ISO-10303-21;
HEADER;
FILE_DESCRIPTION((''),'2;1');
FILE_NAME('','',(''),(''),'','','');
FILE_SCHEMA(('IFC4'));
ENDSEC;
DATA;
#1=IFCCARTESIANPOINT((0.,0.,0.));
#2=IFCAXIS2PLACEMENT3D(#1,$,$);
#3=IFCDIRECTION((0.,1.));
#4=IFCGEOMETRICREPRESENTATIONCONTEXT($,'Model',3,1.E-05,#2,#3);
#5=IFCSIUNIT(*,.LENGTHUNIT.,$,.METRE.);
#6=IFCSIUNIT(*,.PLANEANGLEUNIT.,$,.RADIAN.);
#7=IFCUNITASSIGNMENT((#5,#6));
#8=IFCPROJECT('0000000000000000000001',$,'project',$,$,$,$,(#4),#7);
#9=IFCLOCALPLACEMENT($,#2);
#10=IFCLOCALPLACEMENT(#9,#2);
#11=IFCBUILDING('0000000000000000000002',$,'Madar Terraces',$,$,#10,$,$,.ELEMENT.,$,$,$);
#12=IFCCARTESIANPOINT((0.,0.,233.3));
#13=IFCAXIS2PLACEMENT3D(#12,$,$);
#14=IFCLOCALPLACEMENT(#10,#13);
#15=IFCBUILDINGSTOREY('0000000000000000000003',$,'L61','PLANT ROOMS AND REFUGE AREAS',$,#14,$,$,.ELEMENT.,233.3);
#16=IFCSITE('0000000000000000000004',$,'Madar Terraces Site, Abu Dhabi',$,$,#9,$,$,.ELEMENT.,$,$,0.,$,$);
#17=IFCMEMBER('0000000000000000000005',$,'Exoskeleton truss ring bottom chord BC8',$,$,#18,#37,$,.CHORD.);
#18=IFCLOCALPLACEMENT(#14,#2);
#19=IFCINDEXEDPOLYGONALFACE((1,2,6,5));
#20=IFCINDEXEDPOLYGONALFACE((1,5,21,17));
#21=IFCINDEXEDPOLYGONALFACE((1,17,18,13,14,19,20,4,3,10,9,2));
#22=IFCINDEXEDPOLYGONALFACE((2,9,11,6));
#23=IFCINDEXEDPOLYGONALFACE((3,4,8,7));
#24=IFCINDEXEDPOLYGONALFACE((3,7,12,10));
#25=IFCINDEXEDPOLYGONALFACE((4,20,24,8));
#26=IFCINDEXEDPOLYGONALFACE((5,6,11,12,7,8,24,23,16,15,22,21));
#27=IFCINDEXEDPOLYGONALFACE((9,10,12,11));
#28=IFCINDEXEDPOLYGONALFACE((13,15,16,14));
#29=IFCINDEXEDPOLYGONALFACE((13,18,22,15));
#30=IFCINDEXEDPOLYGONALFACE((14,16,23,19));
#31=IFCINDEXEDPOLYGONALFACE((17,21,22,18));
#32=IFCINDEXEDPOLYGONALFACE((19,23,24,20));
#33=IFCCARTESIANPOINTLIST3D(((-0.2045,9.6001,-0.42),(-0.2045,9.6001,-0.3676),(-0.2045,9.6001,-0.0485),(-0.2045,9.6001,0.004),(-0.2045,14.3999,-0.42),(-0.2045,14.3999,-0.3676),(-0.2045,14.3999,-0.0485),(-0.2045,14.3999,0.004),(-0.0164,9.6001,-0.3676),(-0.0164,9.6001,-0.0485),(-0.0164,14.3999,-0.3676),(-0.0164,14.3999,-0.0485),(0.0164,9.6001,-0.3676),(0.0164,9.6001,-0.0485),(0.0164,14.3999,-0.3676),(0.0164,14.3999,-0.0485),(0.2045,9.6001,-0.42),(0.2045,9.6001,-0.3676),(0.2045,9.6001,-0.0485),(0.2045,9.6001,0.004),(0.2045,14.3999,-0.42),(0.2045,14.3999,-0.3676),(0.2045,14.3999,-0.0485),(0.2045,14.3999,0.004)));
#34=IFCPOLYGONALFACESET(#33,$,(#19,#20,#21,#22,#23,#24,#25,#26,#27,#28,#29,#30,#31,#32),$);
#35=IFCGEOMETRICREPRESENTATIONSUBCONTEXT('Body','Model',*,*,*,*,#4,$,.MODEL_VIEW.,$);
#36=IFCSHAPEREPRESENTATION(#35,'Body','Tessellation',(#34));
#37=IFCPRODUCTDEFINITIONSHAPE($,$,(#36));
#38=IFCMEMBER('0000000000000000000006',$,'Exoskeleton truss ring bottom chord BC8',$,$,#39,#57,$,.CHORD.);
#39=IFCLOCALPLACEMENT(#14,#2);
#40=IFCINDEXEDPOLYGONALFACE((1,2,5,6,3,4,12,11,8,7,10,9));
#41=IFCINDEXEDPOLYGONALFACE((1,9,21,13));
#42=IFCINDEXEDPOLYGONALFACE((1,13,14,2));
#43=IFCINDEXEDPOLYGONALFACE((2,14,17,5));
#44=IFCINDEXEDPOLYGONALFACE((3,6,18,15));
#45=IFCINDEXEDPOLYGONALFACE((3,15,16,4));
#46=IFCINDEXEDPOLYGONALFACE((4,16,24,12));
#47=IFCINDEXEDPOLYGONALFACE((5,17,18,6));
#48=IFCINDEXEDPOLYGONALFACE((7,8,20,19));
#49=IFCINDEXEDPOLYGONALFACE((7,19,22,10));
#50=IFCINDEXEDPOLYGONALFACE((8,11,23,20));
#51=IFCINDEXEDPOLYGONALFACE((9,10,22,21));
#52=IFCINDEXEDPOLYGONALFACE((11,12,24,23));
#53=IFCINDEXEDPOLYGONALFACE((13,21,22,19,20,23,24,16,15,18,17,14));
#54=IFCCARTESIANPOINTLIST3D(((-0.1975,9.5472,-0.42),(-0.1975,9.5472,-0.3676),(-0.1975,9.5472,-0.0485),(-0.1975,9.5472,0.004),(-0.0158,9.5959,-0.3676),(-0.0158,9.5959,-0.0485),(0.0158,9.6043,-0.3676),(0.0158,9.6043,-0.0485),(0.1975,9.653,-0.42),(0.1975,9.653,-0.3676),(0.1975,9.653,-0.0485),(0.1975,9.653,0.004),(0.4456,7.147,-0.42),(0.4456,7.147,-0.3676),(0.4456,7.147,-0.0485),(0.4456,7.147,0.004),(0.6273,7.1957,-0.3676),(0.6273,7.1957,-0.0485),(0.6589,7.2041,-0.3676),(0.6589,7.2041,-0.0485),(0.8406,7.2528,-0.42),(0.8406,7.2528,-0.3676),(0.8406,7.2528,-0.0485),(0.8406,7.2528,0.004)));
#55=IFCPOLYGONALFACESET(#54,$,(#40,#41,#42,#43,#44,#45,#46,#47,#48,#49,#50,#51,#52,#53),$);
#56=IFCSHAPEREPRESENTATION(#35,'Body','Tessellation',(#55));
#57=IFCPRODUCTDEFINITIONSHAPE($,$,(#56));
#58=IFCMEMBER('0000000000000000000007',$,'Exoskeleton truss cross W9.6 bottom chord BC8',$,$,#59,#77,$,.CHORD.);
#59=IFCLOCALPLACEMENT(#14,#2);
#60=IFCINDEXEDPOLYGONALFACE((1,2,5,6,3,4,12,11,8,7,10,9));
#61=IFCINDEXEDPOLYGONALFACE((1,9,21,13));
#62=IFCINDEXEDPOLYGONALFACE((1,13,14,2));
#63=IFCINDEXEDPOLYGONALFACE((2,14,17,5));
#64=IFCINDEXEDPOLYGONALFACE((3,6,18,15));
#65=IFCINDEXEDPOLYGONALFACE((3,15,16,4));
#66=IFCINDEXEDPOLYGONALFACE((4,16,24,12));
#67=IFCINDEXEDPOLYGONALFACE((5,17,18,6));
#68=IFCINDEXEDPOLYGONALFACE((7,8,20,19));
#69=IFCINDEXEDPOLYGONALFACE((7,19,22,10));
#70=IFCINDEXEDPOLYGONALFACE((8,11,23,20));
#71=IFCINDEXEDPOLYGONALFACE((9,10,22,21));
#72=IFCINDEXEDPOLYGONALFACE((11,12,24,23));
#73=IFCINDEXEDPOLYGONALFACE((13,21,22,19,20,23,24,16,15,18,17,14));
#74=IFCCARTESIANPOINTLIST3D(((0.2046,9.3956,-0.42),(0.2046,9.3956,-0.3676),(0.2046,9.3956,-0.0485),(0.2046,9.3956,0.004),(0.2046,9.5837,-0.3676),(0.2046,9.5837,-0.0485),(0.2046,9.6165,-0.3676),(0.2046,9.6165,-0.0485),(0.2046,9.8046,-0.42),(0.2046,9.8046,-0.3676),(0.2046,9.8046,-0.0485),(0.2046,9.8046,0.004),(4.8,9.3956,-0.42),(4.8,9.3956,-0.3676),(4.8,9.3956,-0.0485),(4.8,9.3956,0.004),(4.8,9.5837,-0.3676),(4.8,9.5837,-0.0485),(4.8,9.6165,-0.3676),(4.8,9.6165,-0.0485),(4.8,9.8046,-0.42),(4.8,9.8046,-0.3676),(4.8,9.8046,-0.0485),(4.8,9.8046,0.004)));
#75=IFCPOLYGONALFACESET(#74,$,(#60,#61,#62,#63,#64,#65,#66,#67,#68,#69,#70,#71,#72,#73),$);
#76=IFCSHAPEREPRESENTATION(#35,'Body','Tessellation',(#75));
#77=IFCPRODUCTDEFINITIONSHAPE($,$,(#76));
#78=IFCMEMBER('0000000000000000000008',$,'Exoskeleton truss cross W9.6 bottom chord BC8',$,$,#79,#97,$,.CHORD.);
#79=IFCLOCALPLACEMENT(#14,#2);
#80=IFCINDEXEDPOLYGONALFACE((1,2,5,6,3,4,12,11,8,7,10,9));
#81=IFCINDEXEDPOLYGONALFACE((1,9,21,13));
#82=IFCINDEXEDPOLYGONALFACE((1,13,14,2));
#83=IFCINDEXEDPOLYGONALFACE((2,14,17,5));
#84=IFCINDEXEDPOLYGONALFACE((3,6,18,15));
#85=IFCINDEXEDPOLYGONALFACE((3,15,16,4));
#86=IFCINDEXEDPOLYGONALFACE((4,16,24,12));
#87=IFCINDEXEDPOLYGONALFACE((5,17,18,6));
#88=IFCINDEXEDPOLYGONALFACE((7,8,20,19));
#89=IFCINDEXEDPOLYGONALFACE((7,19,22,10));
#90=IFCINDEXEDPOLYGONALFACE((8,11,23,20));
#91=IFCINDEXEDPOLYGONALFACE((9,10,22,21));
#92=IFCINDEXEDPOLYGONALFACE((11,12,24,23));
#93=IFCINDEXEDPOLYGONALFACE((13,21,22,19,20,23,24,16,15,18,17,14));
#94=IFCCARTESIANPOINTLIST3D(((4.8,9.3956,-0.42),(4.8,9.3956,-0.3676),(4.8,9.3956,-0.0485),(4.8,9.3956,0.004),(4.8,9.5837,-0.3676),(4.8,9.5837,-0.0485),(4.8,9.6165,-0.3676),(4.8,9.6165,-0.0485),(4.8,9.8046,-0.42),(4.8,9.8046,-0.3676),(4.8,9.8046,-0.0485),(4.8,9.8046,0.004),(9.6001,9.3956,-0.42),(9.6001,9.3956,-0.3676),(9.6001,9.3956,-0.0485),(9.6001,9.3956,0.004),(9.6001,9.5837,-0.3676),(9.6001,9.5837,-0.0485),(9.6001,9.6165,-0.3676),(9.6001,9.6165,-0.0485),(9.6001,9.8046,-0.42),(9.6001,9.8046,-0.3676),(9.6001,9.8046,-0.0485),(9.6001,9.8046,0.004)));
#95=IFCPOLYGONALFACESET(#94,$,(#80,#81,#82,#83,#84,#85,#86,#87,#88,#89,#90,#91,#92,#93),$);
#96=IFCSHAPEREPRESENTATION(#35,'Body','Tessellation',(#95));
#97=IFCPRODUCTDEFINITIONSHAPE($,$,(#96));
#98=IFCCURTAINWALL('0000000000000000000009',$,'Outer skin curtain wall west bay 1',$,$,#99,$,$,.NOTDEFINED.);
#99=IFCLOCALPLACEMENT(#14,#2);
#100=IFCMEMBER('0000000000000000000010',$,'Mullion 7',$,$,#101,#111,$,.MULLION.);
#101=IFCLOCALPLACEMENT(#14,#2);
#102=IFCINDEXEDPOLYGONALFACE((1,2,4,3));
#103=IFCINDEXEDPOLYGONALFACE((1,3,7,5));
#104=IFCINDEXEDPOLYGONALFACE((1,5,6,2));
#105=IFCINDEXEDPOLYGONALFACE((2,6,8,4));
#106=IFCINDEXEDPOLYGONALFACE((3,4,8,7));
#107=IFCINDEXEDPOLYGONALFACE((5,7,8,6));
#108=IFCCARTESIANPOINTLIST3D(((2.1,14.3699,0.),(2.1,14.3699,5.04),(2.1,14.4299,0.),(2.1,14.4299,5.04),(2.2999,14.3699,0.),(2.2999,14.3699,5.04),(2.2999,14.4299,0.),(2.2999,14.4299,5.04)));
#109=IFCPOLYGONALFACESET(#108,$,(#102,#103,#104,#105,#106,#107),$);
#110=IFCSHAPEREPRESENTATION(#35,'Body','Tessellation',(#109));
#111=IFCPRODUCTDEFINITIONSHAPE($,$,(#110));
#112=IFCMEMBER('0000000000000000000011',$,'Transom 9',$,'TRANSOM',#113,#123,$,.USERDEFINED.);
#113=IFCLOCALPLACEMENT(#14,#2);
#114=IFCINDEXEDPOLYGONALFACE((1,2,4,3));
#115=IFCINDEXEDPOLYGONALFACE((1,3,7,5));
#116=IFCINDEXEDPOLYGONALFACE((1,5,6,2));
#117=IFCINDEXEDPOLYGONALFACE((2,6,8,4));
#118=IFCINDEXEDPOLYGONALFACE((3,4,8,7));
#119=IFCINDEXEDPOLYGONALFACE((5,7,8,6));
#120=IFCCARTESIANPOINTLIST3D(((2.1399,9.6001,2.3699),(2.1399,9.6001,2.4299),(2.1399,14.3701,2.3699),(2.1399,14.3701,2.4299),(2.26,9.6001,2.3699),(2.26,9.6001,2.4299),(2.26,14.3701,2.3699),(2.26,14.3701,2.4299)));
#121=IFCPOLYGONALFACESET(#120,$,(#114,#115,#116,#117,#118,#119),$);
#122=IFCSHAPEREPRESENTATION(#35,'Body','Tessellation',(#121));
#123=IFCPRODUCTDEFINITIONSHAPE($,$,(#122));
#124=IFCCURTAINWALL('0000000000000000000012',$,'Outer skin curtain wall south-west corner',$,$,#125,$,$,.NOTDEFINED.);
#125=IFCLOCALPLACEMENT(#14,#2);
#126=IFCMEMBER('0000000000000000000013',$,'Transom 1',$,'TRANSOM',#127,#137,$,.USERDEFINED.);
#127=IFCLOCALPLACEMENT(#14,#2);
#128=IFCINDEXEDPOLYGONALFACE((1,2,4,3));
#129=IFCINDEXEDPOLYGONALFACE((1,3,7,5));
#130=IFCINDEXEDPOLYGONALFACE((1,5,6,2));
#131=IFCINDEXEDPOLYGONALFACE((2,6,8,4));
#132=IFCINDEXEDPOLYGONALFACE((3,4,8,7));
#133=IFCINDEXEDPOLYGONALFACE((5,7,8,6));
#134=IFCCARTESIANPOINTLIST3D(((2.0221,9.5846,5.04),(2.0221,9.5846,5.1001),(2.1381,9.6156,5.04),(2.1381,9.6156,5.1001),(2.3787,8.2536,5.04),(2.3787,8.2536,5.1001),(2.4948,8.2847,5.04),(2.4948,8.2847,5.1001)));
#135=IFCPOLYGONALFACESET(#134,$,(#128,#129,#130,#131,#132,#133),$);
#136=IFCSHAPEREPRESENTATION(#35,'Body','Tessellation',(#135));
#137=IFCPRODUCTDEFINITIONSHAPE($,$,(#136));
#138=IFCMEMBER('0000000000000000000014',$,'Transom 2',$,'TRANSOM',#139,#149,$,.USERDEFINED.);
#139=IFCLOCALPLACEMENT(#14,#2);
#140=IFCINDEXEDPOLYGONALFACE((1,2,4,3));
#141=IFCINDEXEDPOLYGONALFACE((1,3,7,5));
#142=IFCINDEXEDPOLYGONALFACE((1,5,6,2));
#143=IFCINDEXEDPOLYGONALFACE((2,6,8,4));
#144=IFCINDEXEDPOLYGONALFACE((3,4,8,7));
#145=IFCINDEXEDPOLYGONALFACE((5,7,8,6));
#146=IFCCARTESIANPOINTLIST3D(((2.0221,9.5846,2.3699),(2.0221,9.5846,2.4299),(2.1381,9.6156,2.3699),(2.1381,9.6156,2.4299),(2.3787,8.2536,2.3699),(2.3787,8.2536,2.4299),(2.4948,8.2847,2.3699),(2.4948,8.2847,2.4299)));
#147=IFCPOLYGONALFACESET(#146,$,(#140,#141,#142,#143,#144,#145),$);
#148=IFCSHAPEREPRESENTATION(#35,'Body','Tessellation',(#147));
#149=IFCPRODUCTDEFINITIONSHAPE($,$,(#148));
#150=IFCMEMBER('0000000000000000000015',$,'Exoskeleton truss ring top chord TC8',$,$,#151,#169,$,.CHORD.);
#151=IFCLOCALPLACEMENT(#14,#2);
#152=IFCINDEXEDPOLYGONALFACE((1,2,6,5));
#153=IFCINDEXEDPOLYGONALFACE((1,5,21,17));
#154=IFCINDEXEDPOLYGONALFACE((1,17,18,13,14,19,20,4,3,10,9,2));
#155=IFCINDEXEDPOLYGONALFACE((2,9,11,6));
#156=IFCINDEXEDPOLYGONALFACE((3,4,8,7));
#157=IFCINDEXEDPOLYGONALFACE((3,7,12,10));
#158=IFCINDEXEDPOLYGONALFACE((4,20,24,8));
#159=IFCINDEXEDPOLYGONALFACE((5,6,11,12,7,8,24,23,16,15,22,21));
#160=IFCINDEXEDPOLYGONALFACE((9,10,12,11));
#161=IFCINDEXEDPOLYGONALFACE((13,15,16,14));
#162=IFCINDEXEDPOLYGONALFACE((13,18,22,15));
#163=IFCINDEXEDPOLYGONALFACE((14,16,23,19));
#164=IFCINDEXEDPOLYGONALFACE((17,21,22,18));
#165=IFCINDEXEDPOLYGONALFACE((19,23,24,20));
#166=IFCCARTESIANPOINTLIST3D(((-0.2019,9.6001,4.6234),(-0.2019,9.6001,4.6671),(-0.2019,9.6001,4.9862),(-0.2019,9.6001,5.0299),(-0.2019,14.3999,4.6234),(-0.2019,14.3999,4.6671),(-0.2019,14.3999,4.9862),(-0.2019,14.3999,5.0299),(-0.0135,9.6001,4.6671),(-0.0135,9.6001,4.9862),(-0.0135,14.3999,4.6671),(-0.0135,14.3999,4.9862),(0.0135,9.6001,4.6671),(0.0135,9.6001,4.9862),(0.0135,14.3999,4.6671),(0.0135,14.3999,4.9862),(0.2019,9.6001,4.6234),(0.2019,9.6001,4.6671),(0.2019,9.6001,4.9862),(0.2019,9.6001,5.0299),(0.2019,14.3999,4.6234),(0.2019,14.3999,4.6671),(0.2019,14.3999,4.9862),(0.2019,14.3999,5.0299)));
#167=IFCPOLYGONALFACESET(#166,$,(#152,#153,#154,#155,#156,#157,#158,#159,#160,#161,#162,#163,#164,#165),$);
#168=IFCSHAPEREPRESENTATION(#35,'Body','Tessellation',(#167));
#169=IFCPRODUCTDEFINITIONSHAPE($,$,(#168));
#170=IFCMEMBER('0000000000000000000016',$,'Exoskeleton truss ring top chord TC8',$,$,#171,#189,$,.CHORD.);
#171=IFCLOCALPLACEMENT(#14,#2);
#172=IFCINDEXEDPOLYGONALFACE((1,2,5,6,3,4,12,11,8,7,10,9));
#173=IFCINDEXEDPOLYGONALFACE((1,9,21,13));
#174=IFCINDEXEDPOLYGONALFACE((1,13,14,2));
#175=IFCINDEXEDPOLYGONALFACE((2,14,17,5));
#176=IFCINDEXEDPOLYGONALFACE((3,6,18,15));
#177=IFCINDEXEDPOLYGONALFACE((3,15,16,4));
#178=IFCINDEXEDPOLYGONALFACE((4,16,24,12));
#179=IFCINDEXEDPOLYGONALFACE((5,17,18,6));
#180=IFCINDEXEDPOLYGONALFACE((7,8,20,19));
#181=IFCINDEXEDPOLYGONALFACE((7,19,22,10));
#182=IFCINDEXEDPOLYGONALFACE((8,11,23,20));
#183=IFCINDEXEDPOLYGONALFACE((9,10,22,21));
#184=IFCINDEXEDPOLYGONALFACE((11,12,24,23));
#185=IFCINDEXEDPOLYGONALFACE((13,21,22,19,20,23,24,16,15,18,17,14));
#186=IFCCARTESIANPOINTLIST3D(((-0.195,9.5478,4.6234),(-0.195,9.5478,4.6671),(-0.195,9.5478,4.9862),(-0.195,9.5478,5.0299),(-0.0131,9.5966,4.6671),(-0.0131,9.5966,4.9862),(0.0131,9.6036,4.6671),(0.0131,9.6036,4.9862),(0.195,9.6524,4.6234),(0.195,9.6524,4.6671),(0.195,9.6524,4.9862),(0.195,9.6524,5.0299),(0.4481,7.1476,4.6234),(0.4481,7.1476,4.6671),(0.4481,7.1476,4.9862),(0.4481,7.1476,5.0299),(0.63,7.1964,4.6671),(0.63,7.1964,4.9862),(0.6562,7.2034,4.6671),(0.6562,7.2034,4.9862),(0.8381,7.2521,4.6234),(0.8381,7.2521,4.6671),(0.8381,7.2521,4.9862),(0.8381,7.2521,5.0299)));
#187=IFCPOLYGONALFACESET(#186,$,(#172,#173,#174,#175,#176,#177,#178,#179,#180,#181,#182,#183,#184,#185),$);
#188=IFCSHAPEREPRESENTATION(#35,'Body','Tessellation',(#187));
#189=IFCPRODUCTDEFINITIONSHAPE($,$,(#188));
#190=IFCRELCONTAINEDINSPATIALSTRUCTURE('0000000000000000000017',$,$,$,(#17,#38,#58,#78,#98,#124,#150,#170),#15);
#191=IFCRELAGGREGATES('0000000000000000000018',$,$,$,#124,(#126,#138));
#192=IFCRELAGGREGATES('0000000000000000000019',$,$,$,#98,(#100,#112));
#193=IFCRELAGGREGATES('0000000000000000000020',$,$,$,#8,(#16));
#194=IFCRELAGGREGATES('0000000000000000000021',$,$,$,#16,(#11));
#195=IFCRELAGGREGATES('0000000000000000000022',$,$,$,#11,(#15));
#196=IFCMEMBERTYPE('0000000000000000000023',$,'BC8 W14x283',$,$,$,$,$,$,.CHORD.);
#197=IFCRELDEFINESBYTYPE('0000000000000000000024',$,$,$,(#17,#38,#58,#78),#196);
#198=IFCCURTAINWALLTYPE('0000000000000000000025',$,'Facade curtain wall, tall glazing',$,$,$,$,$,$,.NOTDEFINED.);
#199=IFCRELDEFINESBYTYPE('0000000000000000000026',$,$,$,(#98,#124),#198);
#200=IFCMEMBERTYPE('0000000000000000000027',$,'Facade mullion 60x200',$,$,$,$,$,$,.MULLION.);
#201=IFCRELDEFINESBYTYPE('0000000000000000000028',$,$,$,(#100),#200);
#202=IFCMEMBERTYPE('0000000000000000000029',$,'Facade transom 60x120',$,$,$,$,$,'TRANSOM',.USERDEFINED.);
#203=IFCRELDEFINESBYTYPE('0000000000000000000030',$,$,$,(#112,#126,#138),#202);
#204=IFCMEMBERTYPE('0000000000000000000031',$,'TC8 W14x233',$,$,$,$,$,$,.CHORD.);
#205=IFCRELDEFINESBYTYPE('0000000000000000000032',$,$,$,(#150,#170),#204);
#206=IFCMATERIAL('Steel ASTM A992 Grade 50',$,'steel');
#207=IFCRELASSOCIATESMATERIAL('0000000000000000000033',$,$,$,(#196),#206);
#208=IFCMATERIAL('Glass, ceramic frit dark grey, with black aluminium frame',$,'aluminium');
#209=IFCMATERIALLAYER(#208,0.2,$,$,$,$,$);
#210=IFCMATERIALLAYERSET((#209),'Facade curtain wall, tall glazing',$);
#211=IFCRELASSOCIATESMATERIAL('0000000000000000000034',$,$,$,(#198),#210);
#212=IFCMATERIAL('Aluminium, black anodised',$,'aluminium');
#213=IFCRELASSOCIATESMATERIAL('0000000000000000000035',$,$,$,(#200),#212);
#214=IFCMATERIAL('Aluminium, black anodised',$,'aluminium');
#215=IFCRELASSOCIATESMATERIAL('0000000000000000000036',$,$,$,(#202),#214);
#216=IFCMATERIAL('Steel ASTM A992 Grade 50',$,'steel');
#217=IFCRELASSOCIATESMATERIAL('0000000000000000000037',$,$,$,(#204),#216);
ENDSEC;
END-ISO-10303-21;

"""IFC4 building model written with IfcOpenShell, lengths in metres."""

from ifc_helpers import new_model, si_unit, direction, frame, origin, origin_2d, place, context, subcontext, project, spatial, rectangle, i_section, extrude, material, layer, layer_set, material_profile, profile_set, type_object, element, aggregate, save


model = new_model("IFC4")

# Units and contexts
model_context = context("Model", 3, precision=1e-05, world=origin(), true_north=direction((0.0, 1.0)))
body_context = subcontext(model_context, "Body", "Model", "MODEL_VIEW")
ifc_project = project(units=[si_unit("LENGTHUNIT", "METRE"), si_unit("PLANEANGLEUNIT", "RADIAN")], contexts=[model_context])

# Site, building, storey
site_placement = place(None, origin())
site = spatial("IfcSite", under=ifc_project, at=site_placement, Name="Madar Terraces Site, Abu Dhabi", CompositionType="ELEMENT", RefElevation=0.0)
building_placement = place(site_placement, origin())
building = spatial("IfcBuilding", under=site, at=building_placement, Name="Madar Terraces", CompositionType="ELEMENT")
storey_placement = place(building_placement, frame((0.0, 0.0, 233.3)))
storey = spatial("IfcBuildingStorey", under=building, at=storey_placement, Name="L61", Description="PLANT ROOMS AND REFUGE AREAS", CompositionType="ELEMENT", Elevation=233.3)

# Members
ifc_material_1 = material(Name="Steel ASTM A992 Grade 50", Category="steel")
ifc_material_profile_1 = material_profile(ifc_material_1, i_section(OverallWidth=0.4089, OverallDepth=0.4241, WebThickness=0.0327, FlangeThickness=0.0525, at=origin_2d()), Name="W14x283")
ifc_profile_set_1 = profile_set([ifc_material_profile_1], Name="Steel ASTM A992 Grade 50")
member_type_1 = type_object("IfcMemberType", Name="BC8 W14x283", PredefinedType="CHORD", material=ifc_profile_set_1)
member_1_placement = place(storey_placement, frame((0.0, 14.3999, -0.208), z_axis=(0.0, -1.0, 0.0), x_axis=(1.0, 0.0, 0.0)))
element("IfcMember", 1, at=member_1_placement, inside=storey, type_object=member_type_1, Name="Exoskeleton truss ring bottom chord BC8", PredefinedType="CHORD", context=body_context, shape_type="SweptSolid", body=[
    extrude(i_section(OverallWidth=0.4089, OverallDepth=0.4241, WebThickness=0.0327, FlangeThickness=0.0525, at=origin_2d()), origin(), (0.0, 0.0, 1.0), 4.7998),
])
member_2_placement = place(storey_placement, frame((0.0, 9.6001, -0.208), z_axis=(0.2588, -0.965931, 0.0), x_axis=(0.965931, 0.2588, 0.0)))
element("IfcMember", 2, at=member_2_placement, inside=storey, type_object=member_type_1, Name="Exoskeleton truss ring bottom chord BC8", PredefinedType="CHORD", context=body_context, shape_type="SweptSolid", body=[
    extrude(i_section(OverallWidth=0.4089, OverallDepth=0.4241, WebThickness=0.0327, FlangeThickness=0.0525, at=origin_2d()), origin(), (0.0, 0.0, 1.0), 2.4849),
])
member_3_placement = place(storey_placement, frame((0.2046, 9.6001, -0.208), z_axis=(1.0, 0.0, 0.0), x_axis=(0.0, 1.0, 0.0)))
element("IfcMember", 3, at=member_3_placement, inside=storey, type_object=member_type_1, Name="Exoskeleton truss cross W9.6 bottom chord BC8", PredefinedType="CHORD", context=body_context, shape_type="SweptSolid", body=[
    extrude(i_section(OverallWidth=0.4089, OverallDepth=0.4241, WebThickness=0.0327, FlangeThickness=0.0525, at=origin_2d()), origin(), (0.0, 0.0, 1.0), 4.5955),
])
member_4_placement = place(storey_placement, frame((4.8, 9.6001, -0.208), z_axis=(1.0, 0.0, 0.0), x_axis=(0.0, 1.0, 0.0)))
element("IfcMember", 4, at=member_4_placement, inside=storey, type_object=member_type_1, Name="Exoskeleton truss cross W9.6 bottom chord BC8", PredefinedType="CHORD", context=body_context, shape_type="SweptSolid", body=[
    extrude(i_section(OverallWidth=0.4089, OverallDepth=0.4241, WebThickness=0.0327, FlangeThickness=0.0525, at=origin_2d()), origin(), (0.0, 0.0, 1.0), 4.8),
])

# Curtain walls, members
ifc_material_2 = material(Name="Glass, ceramic frit dark grey, with black aluminium frame", Category="aluminium")
ifc_layer_1 = layer(ifc_material_2, 0.2)
ifc_layer_set_1 = layer_set([ifc_layer_1], Name="Facade curtain wall, tall glazing")
curtain_wall_type = type_object("IfcCurtainWallType", Name="Facade curtain wall, tall glazing", PredefinedType="NOTDEFINED", material=ifc_layer_set_1)
curtain_wall_1_placement = place(storey_placement, origin())
curtain_wall_1 = element("IfcCurtainWall", 5, at=curtain_wall_1_placement, inside=storey, type_object=curtain_wall_type, Name="Outer skin curtain wall west bay 1", PredefinedType="NOTDEFINED")
ifc_material_3 = material(Name="Aluminium, black anodised", Category="aluminium")
ifc_material_profile_2 = material_profile(ifc_material_3, rectangle(XDim=0.2, YDim=0.0601, at=origin_2d()), Name="Facade mullion 60x200")
ifc_profile_set_2 = profile_set([ifc_material_profile_2], Name="Aluminium, black anodised")
member_type_2 = type_object("IfcMemberType", Name="Facade mullion 60x200", PredefinedType="MULLION", material=ifc_profile_set_2)
member_5_placement = place(storey_placement, frame((2.2, 14.3999, 0.0), z_axis=(0.0, 0.0, 1.0), x_axis=(1.0, 0.0, 0.0)))
member_5 = element("IfcMember", 6, at=member_5_placement, type_object=member_type_2, Name="Mullion 7", PredefinedType="MULLION", context=body_context, shape_type="SweptSolid", body=[
    extrude(rectangle(XDim=0.2, YDim=0.0601, at=origin_2d()), origin(), (0.0, 0.0, 1.0), 5.04),
])
ifc_material_4 = material(Name="Aluminium, black anodised", Category="aluminium")
ifc_material_profile_3 = material_profile(ifc_material_4, rectangle(XDim=0.1201, YDim=0.0601, at=origin_2d()), Name="Facade transom 60x120")
ifc_profile_set_3 = profile_set([ifc_material_profile_3], Name="Aluminium, black anodised")
member_type_3 = type_object("IfcMemberType", Name="Facade transom 60x120", ElementType="TRANSOM", PredefinedType="USERDEFINED", material=ifc_profile_set_3)
member_6_placement = place(storey_placement, frame((2.2, 14.3701, 2.3999), z_axis=(0.0, -1.0, 0.0), x_axis=(1.0, 0.0, 0.0)))
member_6 = element("IfcMember", 7, at=member_6_placement, type_object=member_type_3, Name="Transom 9", ObjectType="TRANSOM", PredefinedType="USERDEFINED", context=body_context, shape_type="SweptSolid", body=[
    extrude(rectangle(XDim=0.1201, YDim=0.0601, at=origin_2d()), origin(), (0.0, 0.0, 1.0), 4.77),
])
curtain_wall_2_placement = place(storey_placement, origin())
curtain_wall_2 = element("IfcCurtainWall", 8, at=curtain_wall_2_placement, inside=storey, type_object=curtain_wall_type, Name="Outer skin curtain wall south-west corner", PredefinedType="NOTDEFINED")
member_7_placement = place(storey_placement, frame((2.0801, 9.6001, 5.0701), z_axis=(0.258842, -0.96592, 0.0), x_axis=(0.96592, 0.258842, 0.0)))
member_7 = element("IfcMember", 9, at=member_7_placement, type_object=member_type_3, Name="Transom 1", ObjectType="TRANSOM", PredefinedType="USERDEFINED", context=body_context, shape_type="SweptSolid", body=[
    extrude(rectangle(XDim=0.1201, YDim=0.0601, at=origin_2d()), origin(), (0.0, 0.0, 1.0), 1.3779),
])
member_8_placement = place(storey_placement, frame((2.0801, 9.6001, 2.3999), z_axis=(0.258842, -0.96592, 0.0), x_axis=(0.96592, 0.258842, 0.0)))
member_8 = element("IfcMember", 10, at=member_8_placement, type_object=member_type_3, Name="Transom 2", ObjectType="TRANSOM", PredefinedType="USERDEFINED", context=body_context, shape_type="SweptSolid", body=[
    extrude(rectangle(XDim=0.1201, YDim=0.0601, at=origin_2d()), origin(), (0.0, 0.0, 1.0), 1.3779),
])
aggregate(curtain_wall_2, [member_7, member_8])

# Members
ifc_material_5 = material(Name="Steel ASTM A992 Grade 50", Category="steel")
ifc_material_profile_4 = material_profile(ifc_material_5, i_section(OverallWidth=0.4038, OverallDepth=0.4065, WebThickness=0.0271, FlangeThickness=0.0437, at=origin_2d()), Name="W14x233")
ifc_profile_set_4 = profile_set([ifc_material_profile_4], Name="Steel ASTM A992 Grade 50")
member_type_4 = type_object("IfcMemberType", Name="TC8 W14x233", PredefinedType="CHORD", material=ifc_profile_set_4)
member_9_placement = place(storey_placement, frame((0.0, 14.3999, 4.8267), z_axis=(0.0, -1.0, 0.0), x_axis=(1.0, 0.0, 0.0)))
element("IfcMember", 11, at=member_9_placement, inside=storey, type_object=member_type_4, Name="Exoskeleton truss ring top chord TC8", PredefinedType="CHORD", context=body_context, shape_type="SweptSolid", body=[
    extrude(i_section(OverallWidth=0.4038, OverallDepth=0.4065, WebThickness=0.0271, FlangeThickness=0.0437, at=origin_2d()), origin(), (0.0, 0.0, 1.0), 4.7998),
])
member_10_placement = place(storey_placement, frame((0.0, 9.6001, 4.8267), z_axis=(0.2588, -0.965931, 0.0), x_axis=(0.965931, 0.2588, 0.0)))
element("IfcMember", 12, at=member_10_placement, inside=storey, type_object=member_type_4, Name="Exoskeleton truss ring top chord TC8", PredefinedType="CHORD", context=body_context, shape_type="SweptSolid", body=[
    extrude(i_section(OverallWidth=0.4038, OverallDepth=0.4065, WebThickness=0.0271, FlangeThickness=0.0437, at=origin_2d()), origin(), (0.0, 0.0, 1.0), 2.4849),
])

aggregate(curtain_wall_1, [member_5, member_6])

save(model, "model.ifc")
